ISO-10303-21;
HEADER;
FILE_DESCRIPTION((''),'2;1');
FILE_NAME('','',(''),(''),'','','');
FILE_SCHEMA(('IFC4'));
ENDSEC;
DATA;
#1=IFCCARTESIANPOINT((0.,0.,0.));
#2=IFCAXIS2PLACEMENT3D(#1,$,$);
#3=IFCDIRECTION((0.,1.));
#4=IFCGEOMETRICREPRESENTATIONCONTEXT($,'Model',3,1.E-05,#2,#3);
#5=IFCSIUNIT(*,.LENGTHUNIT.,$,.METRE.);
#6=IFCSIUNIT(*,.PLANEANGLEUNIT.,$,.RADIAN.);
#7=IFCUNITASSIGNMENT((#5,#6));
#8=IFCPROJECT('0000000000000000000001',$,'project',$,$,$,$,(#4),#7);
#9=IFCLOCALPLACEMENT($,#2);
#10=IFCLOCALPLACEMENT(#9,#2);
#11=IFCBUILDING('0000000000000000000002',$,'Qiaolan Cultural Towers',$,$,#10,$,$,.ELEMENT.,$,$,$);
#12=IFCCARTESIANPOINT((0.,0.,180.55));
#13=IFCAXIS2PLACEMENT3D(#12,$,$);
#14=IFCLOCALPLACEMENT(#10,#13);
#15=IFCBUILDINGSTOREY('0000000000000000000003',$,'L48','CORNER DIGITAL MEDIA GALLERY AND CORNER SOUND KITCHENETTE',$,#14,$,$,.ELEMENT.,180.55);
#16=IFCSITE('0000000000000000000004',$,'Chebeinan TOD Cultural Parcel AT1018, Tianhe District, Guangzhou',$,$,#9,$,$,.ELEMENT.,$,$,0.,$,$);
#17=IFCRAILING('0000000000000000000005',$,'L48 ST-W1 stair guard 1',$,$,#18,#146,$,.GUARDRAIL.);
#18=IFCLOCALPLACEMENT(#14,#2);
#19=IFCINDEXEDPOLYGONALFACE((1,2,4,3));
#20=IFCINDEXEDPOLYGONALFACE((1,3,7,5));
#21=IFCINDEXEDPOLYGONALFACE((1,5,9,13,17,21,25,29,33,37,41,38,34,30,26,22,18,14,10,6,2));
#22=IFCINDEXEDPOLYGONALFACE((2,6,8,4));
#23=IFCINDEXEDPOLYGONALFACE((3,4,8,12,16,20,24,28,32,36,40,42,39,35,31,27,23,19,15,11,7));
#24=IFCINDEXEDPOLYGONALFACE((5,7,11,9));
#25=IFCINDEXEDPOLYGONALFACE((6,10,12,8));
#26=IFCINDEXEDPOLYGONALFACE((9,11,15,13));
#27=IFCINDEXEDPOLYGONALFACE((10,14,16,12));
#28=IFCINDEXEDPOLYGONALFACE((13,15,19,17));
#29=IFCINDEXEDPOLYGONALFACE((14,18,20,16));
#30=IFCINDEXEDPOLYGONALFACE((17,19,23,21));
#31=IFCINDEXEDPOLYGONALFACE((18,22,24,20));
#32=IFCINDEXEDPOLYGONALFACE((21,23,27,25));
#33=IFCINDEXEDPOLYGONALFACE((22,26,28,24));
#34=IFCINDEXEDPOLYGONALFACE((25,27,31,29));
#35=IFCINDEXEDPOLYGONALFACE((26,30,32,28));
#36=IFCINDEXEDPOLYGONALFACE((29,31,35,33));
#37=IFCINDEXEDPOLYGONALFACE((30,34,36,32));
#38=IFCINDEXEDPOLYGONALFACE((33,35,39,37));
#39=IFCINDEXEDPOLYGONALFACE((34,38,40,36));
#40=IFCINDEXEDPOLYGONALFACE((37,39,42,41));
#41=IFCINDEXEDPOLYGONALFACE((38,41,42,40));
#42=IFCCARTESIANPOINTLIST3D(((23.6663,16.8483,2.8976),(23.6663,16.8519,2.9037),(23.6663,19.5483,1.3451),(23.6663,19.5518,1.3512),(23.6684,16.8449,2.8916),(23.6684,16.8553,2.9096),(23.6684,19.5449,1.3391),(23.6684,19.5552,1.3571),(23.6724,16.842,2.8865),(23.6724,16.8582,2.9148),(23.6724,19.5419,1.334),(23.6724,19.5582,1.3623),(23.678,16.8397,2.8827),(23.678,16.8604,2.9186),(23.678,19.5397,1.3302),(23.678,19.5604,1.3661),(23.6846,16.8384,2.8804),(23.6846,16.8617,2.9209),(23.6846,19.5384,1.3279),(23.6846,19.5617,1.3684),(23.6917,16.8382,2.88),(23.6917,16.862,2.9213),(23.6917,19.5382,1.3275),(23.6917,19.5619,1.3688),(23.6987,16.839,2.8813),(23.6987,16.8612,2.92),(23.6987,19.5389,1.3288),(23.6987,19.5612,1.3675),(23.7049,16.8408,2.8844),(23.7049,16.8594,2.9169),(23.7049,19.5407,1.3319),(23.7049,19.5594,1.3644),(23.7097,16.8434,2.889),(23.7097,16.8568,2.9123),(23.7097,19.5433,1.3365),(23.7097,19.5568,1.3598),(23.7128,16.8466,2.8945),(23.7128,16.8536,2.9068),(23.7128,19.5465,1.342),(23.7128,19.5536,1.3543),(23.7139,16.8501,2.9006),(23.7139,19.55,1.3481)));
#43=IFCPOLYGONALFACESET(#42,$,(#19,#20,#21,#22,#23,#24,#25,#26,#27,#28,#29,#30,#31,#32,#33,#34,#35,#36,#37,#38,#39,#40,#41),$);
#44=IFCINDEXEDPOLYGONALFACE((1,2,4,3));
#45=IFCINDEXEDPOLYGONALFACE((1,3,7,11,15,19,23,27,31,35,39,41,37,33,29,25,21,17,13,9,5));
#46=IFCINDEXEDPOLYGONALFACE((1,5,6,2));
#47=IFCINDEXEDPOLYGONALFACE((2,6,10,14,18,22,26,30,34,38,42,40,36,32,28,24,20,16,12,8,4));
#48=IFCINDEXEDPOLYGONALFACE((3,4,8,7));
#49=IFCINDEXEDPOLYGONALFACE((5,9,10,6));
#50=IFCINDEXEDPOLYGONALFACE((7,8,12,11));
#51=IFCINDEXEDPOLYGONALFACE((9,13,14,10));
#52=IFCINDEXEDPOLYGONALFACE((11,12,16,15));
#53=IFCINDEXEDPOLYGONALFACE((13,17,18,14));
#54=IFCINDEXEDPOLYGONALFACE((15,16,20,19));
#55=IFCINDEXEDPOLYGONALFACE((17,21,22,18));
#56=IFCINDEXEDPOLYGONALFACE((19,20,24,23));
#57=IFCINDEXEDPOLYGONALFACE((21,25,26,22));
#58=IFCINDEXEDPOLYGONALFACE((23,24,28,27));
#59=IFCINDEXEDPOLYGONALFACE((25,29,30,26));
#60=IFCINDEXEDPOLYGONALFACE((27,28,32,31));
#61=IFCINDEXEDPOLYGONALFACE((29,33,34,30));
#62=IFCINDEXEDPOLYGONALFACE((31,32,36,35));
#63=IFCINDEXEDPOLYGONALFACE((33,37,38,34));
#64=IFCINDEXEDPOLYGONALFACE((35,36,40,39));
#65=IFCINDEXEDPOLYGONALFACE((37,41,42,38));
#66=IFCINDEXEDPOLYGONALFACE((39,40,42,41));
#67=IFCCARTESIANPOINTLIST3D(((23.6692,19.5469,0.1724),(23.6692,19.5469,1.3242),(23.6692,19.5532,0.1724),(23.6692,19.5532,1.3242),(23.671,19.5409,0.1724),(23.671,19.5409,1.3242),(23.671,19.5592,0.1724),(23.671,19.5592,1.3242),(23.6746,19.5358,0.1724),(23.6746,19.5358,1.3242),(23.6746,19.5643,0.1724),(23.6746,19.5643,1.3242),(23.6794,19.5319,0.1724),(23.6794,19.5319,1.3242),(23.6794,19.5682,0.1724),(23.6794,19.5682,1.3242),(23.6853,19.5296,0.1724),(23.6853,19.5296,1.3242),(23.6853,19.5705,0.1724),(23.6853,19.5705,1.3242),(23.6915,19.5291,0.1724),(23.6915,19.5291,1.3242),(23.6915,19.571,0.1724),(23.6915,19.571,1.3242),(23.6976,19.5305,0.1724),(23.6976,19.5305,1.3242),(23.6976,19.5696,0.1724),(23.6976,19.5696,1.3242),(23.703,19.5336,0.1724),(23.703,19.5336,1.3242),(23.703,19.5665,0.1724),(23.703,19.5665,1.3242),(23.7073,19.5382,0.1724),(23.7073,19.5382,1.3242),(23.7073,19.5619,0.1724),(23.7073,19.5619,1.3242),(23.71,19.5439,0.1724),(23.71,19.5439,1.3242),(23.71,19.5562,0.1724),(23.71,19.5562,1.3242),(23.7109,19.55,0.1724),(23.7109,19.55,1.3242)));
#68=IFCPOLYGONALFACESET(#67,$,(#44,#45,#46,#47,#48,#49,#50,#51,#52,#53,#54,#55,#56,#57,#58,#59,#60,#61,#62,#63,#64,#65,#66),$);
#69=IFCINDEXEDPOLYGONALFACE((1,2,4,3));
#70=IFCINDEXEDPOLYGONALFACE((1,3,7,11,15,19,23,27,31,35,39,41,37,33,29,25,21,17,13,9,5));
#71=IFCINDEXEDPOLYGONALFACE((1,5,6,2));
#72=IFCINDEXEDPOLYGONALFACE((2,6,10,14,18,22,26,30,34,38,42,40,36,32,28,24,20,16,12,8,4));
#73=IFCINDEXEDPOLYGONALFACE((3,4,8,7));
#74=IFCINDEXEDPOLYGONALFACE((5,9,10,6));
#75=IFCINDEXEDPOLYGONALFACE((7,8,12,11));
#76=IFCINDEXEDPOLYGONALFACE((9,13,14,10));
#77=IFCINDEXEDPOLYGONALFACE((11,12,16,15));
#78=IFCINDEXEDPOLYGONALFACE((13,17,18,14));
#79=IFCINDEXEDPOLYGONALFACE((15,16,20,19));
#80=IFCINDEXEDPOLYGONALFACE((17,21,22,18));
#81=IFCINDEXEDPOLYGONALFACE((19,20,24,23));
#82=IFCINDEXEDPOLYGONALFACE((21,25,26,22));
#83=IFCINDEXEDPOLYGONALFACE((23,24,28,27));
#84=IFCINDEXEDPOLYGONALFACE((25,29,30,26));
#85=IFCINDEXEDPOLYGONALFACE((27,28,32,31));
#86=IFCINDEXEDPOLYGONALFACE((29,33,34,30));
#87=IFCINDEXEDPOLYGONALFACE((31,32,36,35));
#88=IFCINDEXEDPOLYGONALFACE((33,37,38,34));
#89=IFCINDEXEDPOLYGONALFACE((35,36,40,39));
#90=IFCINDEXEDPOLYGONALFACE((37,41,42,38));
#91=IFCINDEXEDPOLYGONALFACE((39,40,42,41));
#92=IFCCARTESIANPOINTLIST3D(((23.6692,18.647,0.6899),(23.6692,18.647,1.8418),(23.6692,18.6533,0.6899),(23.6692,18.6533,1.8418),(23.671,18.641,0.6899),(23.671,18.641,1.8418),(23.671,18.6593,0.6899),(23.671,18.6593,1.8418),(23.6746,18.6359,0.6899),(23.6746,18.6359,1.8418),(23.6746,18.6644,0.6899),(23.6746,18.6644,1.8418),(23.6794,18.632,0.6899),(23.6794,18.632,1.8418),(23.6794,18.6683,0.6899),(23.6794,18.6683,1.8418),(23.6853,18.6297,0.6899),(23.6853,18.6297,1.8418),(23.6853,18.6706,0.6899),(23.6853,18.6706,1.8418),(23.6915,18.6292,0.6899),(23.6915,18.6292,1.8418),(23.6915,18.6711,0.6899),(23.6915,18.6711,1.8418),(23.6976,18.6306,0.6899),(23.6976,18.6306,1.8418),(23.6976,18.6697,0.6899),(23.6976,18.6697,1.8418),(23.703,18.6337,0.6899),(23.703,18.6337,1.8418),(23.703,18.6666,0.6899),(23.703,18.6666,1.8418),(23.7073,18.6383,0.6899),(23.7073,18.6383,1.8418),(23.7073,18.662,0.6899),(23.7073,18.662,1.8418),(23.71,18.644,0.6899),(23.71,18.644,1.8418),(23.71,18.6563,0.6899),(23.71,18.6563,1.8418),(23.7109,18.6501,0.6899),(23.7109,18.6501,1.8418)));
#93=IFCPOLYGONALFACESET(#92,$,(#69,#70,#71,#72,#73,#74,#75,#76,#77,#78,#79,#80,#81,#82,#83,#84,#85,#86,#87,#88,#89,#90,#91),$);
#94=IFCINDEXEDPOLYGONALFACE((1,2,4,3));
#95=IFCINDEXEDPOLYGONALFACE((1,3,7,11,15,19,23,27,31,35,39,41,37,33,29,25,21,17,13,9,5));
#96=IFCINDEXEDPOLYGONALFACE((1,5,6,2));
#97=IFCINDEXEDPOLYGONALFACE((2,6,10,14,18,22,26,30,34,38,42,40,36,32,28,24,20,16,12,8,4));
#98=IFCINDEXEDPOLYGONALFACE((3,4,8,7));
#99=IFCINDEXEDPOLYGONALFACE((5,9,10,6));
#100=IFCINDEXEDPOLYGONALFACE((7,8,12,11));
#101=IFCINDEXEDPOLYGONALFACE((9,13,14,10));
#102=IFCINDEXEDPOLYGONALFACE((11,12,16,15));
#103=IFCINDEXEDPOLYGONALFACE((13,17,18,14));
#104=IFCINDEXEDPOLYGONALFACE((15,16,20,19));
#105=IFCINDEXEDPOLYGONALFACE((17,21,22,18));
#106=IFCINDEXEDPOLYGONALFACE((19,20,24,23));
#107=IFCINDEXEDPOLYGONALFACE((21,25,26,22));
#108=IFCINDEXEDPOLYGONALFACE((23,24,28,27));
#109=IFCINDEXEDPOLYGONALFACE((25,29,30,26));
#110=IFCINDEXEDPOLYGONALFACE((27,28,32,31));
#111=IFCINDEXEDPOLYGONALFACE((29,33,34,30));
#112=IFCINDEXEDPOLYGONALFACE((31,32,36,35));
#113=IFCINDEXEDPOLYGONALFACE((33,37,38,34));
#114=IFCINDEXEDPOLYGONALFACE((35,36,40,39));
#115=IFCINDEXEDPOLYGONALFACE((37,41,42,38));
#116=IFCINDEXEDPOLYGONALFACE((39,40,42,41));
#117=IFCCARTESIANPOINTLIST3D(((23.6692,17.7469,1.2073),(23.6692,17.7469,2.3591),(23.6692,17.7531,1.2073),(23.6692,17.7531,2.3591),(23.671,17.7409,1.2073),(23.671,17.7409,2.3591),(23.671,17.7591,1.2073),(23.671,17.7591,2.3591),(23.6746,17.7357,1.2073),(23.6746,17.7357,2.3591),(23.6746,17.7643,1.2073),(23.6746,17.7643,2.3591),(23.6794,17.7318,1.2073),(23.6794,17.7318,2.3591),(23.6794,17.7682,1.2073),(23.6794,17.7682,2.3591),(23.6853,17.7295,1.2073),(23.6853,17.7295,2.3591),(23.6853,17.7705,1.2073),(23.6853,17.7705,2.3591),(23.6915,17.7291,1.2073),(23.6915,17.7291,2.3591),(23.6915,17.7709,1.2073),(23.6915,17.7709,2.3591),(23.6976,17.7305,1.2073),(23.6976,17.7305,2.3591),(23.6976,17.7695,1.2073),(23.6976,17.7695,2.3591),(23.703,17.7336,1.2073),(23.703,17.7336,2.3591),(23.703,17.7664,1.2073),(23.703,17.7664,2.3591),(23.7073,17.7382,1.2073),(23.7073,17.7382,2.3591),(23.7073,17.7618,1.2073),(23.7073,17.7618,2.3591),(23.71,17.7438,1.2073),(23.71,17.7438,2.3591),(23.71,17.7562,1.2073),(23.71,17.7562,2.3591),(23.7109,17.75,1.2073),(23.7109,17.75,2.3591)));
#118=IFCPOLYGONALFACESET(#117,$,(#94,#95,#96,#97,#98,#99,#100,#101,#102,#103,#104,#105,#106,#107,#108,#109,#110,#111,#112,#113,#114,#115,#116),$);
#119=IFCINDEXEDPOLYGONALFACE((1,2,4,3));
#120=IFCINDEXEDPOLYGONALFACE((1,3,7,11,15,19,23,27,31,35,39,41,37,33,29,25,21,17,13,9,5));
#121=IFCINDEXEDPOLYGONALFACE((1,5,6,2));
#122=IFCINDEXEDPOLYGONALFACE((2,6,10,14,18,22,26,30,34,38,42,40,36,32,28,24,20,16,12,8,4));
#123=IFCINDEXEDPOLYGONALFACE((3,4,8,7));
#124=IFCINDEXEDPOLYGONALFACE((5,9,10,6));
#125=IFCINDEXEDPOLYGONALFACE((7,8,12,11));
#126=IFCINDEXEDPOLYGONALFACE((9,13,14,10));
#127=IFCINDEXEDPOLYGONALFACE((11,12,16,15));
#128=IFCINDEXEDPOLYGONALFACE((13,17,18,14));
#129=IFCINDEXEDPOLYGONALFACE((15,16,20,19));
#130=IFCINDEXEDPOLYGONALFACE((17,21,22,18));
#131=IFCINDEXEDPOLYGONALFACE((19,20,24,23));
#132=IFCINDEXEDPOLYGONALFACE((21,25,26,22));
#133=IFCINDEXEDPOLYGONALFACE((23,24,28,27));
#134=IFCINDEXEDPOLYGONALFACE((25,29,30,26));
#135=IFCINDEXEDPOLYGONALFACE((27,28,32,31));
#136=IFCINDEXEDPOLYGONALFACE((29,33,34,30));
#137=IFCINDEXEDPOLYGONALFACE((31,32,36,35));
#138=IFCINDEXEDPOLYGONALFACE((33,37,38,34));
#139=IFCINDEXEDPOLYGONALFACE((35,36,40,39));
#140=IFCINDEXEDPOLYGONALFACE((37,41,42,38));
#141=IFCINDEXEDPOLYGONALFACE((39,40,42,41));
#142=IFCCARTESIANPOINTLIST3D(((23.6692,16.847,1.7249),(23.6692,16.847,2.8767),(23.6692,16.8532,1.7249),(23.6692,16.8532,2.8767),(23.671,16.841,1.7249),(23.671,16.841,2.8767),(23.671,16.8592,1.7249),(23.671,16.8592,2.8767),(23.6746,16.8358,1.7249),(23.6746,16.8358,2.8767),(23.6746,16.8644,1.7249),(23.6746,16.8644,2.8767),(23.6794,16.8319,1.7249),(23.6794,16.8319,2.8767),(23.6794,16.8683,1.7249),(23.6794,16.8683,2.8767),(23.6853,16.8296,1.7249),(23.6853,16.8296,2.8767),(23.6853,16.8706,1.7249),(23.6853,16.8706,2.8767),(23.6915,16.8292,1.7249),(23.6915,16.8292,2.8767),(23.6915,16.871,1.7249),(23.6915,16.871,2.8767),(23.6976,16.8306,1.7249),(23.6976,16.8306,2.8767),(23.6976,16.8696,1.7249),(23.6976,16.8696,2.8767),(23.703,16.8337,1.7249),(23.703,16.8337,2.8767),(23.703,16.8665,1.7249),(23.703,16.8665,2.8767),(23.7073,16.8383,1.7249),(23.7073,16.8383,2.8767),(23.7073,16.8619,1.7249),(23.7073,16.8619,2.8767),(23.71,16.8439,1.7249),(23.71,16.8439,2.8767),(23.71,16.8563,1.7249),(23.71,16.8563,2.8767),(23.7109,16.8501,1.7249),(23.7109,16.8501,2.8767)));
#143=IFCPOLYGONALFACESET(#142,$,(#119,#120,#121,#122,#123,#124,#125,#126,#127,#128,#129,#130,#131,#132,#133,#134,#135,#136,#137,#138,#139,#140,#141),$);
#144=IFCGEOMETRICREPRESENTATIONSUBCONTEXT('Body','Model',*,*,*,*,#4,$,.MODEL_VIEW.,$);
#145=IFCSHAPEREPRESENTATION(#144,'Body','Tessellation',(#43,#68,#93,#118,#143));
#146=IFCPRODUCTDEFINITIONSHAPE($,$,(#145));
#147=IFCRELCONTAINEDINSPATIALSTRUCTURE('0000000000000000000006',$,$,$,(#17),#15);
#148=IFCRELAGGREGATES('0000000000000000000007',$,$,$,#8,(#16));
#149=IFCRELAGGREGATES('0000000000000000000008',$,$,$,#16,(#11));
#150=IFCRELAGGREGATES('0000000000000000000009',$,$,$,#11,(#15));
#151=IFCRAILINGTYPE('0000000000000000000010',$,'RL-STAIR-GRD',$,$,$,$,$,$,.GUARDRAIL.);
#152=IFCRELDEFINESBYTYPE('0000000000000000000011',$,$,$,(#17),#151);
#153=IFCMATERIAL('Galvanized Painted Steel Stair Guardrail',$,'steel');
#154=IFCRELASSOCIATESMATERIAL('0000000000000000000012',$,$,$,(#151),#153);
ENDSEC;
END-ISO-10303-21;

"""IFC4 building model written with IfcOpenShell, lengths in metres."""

from ifc_helpers import new_model, si_unit, direction, frame, origin, origin_2d, place, context, subcontext, project, spatial, circle, extrude, material, type_object, element, save


model = new_model("IFC4")

# Units and contexts
model_context = context("Model", 3, precision=1e-05, world=origin(), true_north=direction((0.0, 1.0)))
body_context = subcontext(model_context, "Body", "Model", "MODEL_VIEW")
ifc_project = project(units=[si_unit("LENGTHUNIT", "METRE"), si_unit("PLANEANGLEUNIT", "RADIAN")], contexts=[model_context])

# Site, building, storey
site_placement = place(None, origin())
site = spatial("IfcSite", under=ifc_project, at=site_placement, Name="Chebeinan TOD Cultural Parcel AT1018, Tianhe District, Guangzhou", CompositionType="ELEMENT", RefElevation=0.0)
building_placement = place(site_placement, origin())
building = spatial("IfcBuilding", under=site, at=building_placement, Name="Qiaolan Cultural Towers", CompositionType="ELEMENT")
storey_placement = place(building_placement, frame((0.0, 0.0, 180.55)))
storey = spatial("IfcBuildingStorey", under=building, at=storey_placement, Name="L48", Description="CORNER DIGITAL MEDIA GALLERY AND CORNER SOUND KITCHENETTE", CompositionType="ELEMENT", Elevation=180.55)

# Railing
ifc_material_1 = material(Name="Galvanized Painted Steel Stair Guardrail", Category="steel")
railing_type_1 = type_object("IfcRailingType", Name="RL-STAIR-GRD", PredefinedType="GUARDRAIL", material=ifc_material_1)
railing_1_placement = place(storey_placement, frame((23.6899, 19.55, 0.1724)))
element("IfcRailing", 1, at=railing_1_placement, inside=storey, type_object=railing_type_1, Name="L48 ST-W1 stair guard 1", PredefinedType="GUARDRAIL", context=body_context, shape_type="SweptSolid", body=[
    extrude(circle(Radius=0.0239, at=origin_2d()), frame((0.0, 0.0, 1.1758), z_axis=(0.0, -0.866904, 0.498476), x_axis=(1.0, 0.0, 0.0)), (0.0, 0.0, 1.0), 3.1145),
    extrude(circle(Radius=0.021, at=origin_2d()), origin(), (0.0, 0.0, 1.0), 1.1519),
    extrude(circle(Radius=0.021, at=origin_2d()), frame((0.0, -0.8999, 0.5176)), (0.0, 0.0, 1.0), 1.1519),
    extrude(circle(Radius=0.021, at=origin_2d()), frame((0.0, -1.8, 1.0349)), (0.0, 0.0, 1.0), 1.1519),
    extrude(circle(Radius=0.021, at=origin_2d()), frame((0.0, -2.7, 1.5525)), (0.0, 0.0, 1.0), 1.1519),
])

save(model, "model.ifc")
